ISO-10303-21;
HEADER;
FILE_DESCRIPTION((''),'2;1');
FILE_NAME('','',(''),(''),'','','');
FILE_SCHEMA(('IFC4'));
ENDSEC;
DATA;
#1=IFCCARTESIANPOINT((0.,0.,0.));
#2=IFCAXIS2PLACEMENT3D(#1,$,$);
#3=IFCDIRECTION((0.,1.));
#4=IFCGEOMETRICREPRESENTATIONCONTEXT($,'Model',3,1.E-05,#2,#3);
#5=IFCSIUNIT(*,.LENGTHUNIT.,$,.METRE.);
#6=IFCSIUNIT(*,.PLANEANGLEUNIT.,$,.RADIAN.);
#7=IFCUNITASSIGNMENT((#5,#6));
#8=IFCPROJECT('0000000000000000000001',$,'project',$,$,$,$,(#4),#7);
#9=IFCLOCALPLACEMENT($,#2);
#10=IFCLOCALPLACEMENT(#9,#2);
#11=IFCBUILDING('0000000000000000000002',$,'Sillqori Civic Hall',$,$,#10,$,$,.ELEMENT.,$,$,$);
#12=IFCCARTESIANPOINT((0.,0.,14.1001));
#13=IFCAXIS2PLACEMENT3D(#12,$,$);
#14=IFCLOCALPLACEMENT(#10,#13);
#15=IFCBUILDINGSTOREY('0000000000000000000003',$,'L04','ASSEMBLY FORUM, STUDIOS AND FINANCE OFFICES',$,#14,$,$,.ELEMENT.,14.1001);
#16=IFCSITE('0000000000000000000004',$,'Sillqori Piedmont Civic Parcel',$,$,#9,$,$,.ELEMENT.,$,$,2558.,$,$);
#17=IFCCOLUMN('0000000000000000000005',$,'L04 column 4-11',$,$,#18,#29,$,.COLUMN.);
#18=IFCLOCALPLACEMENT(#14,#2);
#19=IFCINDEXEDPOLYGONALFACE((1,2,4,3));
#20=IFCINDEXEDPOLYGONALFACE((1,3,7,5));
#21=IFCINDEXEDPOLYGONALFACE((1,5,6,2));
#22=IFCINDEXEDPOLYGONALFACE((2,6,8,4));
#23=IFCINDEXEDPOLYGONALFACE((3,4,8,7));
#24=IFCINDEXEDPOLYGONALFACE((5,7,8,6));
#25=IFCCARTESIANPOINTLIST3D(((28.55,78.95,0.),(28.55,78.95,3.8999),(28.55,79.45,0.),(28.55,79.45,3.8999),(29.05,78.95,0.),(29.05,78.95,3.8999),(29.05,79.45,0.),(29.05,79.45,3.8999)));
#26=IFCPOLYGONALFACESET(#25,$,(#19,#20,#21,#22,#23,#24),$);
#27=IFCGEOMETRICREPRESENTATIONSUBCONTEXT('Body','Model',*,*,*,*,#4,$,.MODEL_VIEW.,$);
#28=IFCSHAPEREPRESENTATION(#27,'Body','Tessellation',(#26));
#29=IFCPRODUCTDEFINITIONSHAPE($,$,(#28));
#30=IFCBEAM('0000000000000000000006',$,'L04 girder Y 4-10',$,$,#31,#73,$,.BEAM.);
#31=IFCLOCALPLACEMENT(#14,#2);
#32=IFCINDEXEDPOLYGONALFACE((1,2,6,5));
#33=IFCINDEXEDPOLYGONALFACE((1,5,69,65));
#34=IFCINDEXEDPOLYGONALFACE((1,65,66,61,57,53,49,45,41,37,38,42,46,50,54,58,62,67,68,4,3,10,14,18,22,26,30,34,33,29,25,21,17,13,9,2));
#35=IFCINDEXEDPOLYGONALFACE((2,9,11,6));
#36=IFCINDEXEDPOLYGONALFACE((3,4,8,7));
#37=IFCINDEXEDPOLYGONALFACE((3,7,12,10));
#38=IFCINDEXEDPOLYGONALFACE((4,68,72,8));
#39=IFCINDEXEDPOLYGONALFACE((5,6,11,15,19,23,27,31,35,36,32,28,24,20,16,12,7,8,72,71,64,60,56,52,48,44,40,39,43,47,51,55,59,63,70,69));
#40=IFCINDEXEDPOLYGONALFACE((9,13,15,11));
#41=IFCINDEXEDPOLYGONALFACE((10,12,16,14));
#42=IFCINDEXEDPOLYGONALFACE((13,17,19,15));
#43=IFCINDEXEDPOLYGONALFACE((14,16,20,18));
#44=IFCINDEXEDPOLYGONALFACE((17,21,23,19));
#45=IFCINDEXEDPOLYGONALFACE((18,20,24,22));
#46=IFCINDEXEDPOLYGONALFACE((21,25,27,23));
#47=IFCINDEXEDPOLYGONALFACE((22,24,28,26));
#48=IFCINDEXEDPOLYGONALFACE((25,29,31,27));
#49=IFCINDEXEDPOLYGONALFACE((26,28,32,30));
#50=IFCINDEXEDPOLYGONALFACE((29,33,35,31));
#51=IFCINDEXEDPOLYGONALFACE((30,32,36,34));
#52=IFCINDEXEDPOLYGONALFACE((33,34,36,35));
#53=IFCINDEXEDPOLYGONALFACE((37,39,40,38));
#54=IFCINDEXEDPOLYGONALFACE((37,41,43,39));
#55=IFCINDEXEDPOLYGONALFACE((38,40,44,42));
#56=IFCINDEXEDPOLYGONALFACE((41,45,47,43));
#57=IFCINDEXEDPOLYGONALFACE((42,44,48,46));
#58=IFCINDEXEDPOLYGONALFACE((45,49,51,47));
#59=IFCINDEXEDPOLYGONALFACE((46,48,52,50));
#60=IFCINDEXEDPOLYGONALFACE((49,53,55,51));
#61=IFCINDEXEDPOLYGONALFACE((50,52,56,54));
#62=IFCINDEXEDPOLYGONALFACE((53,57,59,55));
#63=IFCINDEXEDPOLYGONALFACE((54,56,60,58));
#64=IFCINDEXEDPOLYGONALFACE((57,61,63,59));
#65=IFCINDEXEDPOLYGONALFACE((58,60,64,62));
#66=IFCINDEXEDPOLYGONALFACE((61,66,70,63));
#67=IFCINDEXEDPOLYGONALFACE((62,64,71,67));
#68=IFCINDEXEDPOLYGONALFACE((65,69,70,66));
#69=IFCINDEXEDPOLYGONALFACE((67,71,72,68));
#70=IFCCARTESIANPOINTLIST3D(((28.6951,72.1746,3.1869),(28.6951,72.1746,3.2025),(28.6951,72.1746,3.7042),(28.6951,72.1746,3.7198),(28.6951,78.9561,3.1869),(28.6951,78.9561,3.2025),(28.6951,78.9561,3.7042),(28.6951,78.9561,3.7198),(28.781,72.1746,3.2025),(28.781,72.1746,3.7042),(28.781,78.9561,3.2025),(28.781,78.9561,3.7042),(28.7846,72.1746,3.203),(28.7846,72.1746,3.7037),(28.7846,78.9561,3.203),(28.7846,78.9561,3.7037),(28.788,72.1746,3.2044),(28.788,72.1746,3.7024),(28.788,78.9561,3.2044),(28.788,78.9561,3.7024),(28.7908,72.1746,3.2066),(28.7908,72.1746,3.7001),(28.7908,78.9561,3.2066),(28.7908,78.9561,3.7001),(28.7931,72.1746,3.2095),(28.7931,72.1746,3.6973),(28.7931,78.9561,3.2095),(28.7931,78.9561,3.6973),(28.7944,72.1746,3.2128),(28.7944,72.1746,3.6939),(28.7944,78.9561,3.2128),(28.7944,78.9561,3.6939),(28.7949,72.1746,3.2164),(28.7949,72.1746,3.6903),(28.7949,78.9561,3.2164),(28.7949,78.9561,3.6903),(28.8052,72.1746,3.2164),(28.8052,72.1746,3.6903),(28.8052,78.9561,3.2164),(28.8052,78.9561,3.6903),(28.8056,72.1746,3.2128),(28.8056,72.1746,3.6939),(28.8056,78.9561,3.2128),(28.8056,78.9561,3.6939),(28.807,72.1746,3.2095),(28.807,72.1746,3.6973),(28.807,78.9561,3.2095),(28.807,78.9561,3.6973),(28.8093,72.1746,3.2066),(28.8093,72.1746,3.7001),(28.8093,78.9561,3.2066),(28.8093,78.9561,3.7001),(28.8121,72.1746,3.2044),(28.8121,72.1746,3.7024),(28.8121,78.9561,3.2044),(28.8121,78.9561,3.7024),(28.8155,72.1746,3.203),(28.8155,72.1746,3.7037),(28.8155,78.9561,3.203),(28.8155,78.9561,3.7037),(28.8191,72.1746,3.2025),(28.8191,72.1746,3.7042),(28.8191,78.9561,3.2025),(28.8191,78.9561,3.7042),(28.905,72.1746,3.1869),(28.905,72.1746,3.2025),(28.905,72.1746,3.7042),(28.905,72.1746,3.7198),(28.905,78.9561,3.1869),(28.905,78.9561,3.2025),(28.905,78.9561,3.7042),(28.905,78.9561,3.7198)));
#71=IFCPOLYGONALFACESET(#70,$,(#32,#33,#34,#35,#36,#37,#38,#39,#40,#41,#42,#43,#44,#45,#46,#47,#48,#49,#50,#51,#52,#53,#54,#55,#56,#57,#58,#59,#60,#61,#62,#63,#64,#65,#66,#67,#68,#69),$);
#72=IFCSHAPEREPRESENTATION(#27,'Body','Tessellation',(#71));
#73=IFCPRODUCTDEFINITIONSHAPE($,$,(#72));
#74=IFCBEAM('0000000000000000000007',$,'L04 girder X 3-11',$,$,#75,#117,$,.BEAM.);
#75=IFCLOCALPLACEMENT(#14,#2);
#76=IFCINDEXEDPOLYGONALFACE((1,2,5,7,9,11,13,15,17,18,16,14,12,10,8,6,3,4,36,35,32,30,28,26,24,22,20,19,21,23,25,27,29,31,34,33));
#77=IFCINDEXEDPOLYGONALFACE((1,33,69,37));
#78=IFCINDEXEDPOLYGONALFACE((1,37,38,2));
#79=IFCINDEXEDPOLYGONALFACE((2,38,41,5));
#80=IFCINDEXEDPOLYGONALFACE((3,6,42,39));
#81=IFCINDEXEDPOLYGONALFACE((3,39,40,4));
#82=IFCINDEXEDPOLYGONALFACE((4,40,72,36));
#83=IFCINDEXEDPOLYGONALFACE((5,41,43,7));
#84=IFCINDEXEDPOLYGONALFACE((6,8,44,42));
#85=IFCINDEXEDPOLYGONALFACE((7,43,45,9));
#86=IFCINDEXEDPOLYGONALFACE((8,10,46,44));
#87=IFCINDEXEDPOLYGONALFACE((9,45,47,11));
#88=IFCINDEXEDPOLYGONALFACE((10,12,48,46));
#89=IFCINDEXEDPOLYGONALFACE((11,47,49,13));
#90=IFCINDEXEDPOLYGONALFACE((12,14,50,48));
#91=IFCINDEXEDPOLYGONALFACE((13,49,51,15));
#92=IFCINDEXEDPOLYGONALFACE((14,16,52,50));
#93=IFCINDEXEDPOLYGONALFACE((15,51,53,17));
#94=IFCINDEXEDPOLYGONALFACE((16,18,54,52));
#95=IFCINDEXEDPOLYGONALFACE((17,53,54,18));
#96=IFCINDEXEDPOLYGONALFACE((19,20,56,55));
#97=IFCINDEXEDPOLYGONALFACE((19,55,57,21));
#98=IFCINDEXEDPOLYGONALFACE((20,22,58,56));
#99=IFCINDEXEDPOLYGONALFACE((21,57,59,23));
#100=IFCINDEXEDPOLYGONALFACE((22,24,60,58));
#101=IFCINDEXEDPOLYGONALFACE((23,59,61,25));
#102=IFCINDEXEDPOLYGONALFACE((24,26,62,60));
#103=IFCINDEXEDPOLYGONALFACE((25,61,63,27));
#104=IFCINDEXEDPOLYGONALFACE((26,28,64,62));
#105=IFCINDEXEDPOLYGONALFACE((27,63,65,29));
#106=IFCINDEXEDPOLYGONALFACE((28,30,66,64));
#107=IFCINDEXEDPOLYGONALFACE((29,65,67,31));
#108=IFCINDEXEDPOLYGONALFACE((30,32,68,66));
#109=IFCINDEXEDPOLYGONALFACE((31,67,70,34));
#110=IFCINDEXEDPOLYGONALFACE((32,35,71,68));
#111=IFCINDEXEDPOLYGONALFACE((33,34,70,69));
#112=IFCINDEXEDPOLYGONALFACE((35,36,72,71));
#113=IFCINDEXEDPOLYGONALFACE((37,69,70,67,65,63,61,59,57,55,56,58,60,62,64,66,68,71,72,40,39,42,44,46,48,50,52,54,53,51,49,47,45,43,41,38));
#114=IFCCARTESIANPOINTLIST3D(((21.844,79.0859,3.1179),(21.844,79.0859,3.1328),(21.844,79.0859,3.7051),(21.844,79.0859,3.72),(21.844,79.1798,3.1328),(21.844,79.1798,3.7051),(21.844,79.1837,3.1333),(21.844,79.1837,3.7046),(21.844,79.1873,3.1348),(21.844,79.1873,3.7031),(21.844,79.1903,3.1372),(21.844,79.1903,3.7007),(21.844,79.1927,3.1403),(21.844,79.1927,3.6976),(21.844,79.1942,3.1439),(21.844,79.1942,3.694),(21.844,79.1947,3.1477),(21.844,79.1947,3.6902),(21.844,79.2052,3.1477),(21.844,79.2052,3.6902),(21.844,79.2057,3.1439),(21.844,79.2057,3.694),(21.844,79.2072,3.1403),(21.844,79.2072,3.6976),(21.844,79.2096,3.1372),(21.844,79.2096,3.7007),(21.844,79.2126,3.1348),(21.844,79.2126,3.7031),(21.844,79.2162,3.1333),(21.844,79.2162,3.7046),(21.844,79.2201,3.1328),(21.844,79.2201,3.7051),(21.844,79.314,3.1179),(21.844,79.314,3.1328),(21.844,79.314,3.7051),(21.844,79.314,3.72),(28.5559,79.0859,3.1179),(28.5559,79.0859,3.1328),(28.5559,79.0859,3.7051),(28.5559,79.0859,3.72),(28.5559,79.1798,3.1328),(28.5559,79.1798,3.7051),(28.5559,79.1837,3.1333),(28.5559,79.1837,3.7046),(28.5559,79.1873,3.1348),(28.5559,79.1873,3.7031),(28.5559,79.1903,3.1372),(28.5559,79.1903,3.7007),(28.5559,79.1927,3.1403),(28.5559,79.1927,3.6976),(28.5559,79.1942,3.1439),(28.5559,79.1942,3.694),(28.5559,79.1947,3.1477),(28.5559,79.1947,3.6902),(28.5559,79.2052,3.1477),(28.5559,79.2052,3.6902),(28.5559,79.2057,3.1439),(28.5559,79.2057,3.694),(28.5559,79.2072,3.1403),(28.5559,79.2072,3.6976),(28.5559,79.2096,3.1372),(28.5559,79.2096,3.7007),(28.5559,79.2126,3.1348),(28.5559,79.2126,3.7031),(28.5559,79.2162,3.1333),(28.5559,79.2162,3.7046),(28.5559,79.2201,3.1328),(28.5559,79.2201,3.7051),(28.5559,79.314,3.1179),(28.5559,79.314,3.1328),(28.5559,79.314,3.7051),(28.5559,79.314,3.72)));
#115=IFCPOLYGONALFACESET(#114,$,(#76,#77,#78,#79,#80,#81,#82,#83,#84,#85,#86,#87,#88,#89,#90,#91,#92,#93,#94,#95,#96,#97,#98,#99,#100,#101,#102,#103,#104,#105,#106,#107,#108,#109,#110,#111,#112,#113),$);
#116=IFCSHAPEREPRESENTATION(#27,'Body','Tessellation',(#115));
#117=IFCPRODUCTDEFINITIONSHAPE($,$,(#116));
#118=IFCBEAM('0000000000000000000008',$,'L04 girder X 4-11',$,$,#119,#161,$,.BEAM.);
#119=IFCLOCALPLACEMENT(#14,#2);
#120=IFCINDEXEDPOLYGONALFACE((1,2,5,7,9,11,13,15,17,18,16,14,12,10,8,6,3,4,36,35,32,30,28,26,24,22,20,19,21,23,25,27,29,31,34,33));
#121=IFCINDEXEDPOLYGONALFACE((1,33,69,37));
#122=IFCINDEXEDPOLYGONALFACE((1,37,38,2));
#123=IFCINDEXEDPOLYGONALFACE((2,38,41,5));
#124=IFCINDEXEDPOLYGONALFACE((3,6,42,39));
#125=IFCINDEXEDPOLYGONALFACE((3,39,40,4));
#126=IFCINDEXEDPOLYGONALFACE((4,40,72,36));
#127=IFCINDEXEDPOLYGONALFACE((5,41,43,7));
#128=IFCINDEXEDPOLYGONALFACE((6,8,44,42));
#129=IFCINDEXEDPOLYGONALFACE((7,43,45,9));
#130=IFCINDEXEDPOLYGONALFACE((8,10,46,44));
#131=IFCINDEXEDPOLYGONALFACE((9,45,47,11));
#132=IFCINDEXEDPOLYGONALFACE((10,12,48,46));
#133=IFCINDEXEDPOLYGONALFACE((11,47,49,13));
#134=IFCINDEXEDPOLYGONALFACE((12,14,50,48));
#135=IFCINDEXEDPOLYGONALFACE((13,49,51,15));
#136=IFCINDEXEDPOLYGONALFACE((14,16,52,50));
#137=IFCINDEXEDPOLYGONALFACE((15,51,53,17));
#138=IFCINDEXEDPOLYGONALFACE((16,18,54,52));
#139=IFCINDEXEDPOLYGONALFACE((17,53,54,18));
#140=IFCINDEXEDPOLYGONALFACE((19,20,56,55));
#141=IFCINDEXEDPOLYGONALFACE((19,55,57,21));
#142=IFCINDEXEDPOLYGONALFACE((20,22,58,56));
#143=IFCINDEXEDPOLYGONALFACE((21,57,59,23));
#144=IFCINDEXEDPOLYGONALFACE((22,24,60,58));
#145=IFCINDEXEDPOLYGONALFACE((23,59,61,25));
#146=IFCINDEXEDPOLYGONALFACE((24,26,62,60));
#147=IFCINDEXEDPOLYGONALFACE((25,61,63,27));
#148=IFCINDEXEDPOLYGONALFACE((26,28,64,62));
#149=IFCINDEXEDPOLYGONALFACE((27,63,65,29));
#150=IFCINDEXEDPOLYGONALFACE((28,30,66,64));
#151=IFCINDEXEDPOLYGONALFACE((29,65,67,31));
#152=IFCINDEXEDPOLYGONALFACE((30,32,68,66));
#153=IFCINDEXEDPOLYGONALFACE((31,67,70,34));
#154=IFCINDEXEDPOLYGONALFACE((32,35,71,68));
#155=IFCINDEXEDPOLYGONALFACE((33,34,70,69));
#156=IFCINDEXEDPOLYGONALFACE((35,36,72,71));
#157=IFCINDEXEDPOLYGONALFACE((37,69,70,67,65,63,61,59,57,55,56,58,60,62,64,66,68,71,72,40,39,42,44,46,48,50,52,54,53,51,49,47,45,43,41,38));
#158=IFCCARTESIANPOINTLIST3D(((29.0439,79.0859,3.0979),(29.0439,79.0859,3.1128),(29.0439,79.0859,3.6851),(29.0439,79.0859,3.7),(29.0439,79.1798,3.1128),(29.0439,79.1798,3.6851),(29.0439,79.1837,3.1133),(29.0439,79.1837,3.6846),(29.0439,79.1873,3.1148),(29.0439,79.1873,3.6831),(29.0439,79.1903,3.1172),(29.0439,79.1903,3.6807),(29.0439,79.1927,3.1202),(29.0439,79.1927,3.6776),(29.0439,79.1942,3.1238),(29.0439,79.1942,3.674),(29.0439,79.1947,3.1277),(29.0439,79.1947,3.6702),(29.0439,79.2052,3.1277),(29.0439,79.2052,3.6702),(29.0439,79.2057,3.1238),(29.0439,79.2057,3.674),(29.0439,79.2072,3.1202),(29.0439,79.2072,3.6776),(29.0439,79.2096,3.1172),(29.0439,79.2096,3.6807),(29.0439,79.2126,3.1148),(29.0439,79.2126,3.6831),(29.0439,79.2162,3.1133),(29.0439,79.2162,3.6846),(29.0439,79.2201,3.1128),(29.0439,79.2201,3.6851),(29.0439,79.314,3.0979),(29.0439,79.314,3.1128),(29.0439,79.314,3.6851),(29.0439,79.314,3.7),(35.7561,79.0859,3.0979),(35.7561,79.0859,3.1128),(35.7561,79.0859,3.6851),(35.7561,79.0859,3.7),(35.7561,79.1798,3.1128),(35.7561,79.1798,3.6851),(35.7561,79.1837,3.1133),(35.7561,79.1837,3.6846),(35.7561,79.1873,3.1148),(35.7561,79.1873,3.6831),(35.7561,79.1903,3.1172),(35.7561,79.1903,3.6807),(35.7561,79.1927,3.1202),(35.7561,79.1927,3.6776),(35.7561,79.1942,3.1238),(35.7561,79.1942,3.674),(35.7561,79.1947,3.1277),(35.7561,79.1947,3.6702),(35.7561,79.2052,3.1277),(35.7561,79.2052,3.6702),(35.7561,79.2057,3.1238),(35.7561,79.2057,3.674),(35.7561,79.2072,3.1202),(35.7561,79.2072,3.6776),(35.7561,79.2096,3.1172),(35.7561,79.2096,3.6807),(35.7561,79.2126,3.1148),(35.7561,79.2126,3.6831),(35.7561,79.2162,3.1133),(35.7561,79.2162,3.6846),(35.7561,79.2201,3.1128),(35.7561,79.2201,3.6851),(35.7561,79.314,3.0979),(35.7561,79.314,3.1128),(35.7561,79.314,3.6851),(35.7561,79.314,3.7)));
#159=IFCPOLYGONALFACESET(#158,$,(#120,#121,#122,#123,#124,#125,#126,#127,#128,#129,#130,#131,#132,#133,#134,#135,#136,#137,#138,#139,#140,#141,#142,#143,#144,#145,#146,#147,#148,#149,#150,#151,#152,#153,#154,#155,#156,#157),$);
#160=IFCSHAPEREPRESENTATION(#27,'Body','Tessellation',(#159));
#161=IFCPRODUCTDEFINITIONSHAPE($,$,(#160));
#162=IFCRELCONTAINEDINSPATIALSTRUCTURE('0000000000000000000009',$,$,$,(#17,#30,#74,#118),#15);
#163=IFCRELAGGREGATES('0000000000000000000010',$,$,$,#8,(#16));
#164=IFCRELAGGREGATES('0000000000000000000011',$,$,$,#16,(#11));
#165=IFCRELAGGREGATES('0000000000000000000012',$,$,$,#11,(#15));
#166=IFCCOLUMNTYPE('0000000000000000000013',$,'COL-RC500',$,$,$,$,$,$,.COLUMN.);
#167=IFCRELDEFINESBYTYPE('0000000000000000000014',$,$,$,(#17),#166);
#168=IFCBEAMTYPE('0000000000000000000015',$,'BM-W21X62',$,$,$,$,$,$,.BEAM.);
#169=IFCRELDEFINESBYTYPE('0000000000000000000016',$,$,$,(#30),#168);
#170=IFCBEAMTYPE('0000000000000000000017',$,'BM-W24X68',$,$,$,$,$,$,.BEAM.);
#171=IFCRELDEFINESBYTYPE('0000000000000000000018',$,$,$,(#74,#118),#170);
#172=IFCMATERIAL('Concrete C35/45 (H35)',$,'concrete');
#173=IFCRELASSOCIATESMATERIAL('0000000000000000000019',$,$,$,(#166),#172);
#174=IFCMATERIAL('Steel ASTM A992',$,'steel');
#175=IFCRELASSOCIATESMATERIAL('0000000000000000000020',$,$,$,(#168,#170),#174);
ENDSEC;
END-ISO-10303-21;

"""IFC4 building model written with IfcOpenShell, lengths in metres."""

from ifc_helpers import new_model, si_unit, direction, frame, origin, origin_2d, place, context, subcontext, project, spatial, rectangle, i_section, extrude, material, material_profile, profile_set, type_object, element, save


model = new_model("IFC4")

# Units and contexts
model_context = context("Model", 3, precision=1e-05, world=origin(), true_north=direction((0.0, 1.0)))
body_context = subcontext(model_context, "Body", "Model", "MODEL_VIEW")
ifc_project = project(units=[si_unit("LENGTHUNIT", "METRE"), si_unit("PLANEANGLEUNIT", "RADIAN")], contexts=[model_context])

# Site, building, storey
site_placement = place(None, origin())
site = spatial("IfcSite", under=ifc_project, at=site_placement, Name="Sillqori Piedmont Civic Parcel", CompositionType="ELEMENT", RefElevation=2558.0)
building_placement = place(site_placement, origin())
building = spatial("IfcBuilding", under=site, at=building_placement, Name="Sillqori Civic Hall", CompositionType="ELEMENT")
storey_placement = place(building_placement, frame((0.0, 0.0, 14.1001)))
storey = spatial("IfcBuildingStorey", under=building, at=storey_placement, Name="L04", Description="ASSEMBLY FORUM, STUDIOS AND FINANCE OFFICES", CompositionType="ELEMENT", Elevation=14.1001)

# Column
ifc_material_1 = material(Name="Concrete C35/45 (H35)", Category="concrete")
ifc_material_profile_1 = material_profile(ifc_material_1, rectangle(XDim=0.5, YDim=0.5, at=origin_2d()), Name="RC 500x500")
ifc_profile_set_1 = profile_set([ifc_material_profile_1], Name="Concrete C35/45 (H35)")
column_type = type_object("IfcColumnType", Name="COL-RC500", PredefinedType="COLUMN", material=ifc_profile_set_1)
column_placement = place(storey_placement, frame((28.8, 79.2, 0.0), z_axis=(0.0, 0.0, 1.0), x_axis=(1.0, 0.0, 0.0)))
element("IfcColumn", 1, at=column_placement, inside=storey, type_object=column_type, Name="L04 column 4-11", PredefinedType="COLUMN", context=body_context, shape_type="SweptSolid", body=[
    extrude(rectangle(XDim=0.5, YDim=0.5, at=origin_2d()), origin(), (0.0, 0.0, 1.0), 3.8999),
])

# Beams
ifc_material_2 = material(Name="Steel ASTM A992", Category="steel")
ifc_material_profile_2 = material_profile(ifc_material_2, i_section(OverallWidth=0.21, OverallDepth=0.533, WebThickness=0.0103, FlangeThickness=0.0156, FilletRadius=0.0139, at=origin_2d()), Name="W21X62")
ifc_profile_set_2 = profile_set([ifc_material_profile_2], Name="Steel ASTM A992")
beam_type_1 = type_object("IfcBeamType", Name="BM-W21X62", PredefinedType="BEAM", material=ifc_profile_set_2)
beam_1_placement = place(storey_placement, frame((28.8, 72.1746, 3.4534), z_axis=(0.0, 1.0, 0.0), x_axis=(-1.0, 0.0, 0.0)))
element("IfcBeam", 2, at=beam_1_placement, inside=storey, type_object=beam_type_1, Name="L04 girder Y 4-10", PredefinedType="BEAM", context=body_context, shape_type="SweptSolid", body=[
    extrude(i_section(OverallWidth=0.21, OverallDepth=0.533, WebThickness=0.0103, FlangeThickness=0.0156, FilletRadius=0.0139, at=origin_2d()), origin(), (0.0, 0.0, 1.0), 6.7815),
])
ifc_material_profile_3 = material_profile(ifc_material_2, i_section(OverallWidth=0.228, OverallDepth=0.6021, WebThickness=0.0105, FlangeThickness=0.0149, FilletRadius=0.0149, at=origin_2d()), Name="W24X68")
ifc_profile_set_3 = profile_set([ifc_material_profile_3], Name="Steel ASTM A992")
beam_type_2 = type_object("IfcBeamType", Name="BM-W24X68", PredefinedType="BEAM", material=ifc_profile_set_3)
beam_2_placement = place(storey_placement, frame((21.844, 79.2, 3.4189), z_axis=(1.0, 0.0, 0.0), x_axis=(0.0, 1.0, 0.0)))
element("IfcBeam", 3, at=beam_2_placement, inside=storey, type_object=beam_type_2, Name="L04 girder X 3-11", PredefinedType="BEAM", context=body_context, shape_type="SweptSolid", body=[
    extrude(i_section(OverallWidth=0.228, OverallDepth=0.6021, WebThickness=0.0105, FlangeThickness=0.0149, FilletRadius=0.0149, at=origin_2d()), origin(), (0.0, 0.0, 1.0), 6.7119),
])
beam_3_placement = place(storey_placement, frame((29.0439, 79.2, 3.3989), z_axis=(1.0, 0.0, 0.0), x_axis=(0.0, 1.0, 0.0)))
element("IfcBeam", 4, at=beam_3_placement, inside=storey, type_object=beam_type_2, Name="L04 girder X 4-11", PredefinedType="BEAM", context=body_context, shape_type="SweptSolid", body=[
    extrude(i_section(OverallWidth=0.228, OverallDepth=0.6021, WebThickness=0.0105, FlangeThickness=0.0149, FilletRadius=0.0149, at=origin_2d()), origin(), (0.0, 0.0, 1.0), 6.7122),
])

save(model, "model.ifc")
